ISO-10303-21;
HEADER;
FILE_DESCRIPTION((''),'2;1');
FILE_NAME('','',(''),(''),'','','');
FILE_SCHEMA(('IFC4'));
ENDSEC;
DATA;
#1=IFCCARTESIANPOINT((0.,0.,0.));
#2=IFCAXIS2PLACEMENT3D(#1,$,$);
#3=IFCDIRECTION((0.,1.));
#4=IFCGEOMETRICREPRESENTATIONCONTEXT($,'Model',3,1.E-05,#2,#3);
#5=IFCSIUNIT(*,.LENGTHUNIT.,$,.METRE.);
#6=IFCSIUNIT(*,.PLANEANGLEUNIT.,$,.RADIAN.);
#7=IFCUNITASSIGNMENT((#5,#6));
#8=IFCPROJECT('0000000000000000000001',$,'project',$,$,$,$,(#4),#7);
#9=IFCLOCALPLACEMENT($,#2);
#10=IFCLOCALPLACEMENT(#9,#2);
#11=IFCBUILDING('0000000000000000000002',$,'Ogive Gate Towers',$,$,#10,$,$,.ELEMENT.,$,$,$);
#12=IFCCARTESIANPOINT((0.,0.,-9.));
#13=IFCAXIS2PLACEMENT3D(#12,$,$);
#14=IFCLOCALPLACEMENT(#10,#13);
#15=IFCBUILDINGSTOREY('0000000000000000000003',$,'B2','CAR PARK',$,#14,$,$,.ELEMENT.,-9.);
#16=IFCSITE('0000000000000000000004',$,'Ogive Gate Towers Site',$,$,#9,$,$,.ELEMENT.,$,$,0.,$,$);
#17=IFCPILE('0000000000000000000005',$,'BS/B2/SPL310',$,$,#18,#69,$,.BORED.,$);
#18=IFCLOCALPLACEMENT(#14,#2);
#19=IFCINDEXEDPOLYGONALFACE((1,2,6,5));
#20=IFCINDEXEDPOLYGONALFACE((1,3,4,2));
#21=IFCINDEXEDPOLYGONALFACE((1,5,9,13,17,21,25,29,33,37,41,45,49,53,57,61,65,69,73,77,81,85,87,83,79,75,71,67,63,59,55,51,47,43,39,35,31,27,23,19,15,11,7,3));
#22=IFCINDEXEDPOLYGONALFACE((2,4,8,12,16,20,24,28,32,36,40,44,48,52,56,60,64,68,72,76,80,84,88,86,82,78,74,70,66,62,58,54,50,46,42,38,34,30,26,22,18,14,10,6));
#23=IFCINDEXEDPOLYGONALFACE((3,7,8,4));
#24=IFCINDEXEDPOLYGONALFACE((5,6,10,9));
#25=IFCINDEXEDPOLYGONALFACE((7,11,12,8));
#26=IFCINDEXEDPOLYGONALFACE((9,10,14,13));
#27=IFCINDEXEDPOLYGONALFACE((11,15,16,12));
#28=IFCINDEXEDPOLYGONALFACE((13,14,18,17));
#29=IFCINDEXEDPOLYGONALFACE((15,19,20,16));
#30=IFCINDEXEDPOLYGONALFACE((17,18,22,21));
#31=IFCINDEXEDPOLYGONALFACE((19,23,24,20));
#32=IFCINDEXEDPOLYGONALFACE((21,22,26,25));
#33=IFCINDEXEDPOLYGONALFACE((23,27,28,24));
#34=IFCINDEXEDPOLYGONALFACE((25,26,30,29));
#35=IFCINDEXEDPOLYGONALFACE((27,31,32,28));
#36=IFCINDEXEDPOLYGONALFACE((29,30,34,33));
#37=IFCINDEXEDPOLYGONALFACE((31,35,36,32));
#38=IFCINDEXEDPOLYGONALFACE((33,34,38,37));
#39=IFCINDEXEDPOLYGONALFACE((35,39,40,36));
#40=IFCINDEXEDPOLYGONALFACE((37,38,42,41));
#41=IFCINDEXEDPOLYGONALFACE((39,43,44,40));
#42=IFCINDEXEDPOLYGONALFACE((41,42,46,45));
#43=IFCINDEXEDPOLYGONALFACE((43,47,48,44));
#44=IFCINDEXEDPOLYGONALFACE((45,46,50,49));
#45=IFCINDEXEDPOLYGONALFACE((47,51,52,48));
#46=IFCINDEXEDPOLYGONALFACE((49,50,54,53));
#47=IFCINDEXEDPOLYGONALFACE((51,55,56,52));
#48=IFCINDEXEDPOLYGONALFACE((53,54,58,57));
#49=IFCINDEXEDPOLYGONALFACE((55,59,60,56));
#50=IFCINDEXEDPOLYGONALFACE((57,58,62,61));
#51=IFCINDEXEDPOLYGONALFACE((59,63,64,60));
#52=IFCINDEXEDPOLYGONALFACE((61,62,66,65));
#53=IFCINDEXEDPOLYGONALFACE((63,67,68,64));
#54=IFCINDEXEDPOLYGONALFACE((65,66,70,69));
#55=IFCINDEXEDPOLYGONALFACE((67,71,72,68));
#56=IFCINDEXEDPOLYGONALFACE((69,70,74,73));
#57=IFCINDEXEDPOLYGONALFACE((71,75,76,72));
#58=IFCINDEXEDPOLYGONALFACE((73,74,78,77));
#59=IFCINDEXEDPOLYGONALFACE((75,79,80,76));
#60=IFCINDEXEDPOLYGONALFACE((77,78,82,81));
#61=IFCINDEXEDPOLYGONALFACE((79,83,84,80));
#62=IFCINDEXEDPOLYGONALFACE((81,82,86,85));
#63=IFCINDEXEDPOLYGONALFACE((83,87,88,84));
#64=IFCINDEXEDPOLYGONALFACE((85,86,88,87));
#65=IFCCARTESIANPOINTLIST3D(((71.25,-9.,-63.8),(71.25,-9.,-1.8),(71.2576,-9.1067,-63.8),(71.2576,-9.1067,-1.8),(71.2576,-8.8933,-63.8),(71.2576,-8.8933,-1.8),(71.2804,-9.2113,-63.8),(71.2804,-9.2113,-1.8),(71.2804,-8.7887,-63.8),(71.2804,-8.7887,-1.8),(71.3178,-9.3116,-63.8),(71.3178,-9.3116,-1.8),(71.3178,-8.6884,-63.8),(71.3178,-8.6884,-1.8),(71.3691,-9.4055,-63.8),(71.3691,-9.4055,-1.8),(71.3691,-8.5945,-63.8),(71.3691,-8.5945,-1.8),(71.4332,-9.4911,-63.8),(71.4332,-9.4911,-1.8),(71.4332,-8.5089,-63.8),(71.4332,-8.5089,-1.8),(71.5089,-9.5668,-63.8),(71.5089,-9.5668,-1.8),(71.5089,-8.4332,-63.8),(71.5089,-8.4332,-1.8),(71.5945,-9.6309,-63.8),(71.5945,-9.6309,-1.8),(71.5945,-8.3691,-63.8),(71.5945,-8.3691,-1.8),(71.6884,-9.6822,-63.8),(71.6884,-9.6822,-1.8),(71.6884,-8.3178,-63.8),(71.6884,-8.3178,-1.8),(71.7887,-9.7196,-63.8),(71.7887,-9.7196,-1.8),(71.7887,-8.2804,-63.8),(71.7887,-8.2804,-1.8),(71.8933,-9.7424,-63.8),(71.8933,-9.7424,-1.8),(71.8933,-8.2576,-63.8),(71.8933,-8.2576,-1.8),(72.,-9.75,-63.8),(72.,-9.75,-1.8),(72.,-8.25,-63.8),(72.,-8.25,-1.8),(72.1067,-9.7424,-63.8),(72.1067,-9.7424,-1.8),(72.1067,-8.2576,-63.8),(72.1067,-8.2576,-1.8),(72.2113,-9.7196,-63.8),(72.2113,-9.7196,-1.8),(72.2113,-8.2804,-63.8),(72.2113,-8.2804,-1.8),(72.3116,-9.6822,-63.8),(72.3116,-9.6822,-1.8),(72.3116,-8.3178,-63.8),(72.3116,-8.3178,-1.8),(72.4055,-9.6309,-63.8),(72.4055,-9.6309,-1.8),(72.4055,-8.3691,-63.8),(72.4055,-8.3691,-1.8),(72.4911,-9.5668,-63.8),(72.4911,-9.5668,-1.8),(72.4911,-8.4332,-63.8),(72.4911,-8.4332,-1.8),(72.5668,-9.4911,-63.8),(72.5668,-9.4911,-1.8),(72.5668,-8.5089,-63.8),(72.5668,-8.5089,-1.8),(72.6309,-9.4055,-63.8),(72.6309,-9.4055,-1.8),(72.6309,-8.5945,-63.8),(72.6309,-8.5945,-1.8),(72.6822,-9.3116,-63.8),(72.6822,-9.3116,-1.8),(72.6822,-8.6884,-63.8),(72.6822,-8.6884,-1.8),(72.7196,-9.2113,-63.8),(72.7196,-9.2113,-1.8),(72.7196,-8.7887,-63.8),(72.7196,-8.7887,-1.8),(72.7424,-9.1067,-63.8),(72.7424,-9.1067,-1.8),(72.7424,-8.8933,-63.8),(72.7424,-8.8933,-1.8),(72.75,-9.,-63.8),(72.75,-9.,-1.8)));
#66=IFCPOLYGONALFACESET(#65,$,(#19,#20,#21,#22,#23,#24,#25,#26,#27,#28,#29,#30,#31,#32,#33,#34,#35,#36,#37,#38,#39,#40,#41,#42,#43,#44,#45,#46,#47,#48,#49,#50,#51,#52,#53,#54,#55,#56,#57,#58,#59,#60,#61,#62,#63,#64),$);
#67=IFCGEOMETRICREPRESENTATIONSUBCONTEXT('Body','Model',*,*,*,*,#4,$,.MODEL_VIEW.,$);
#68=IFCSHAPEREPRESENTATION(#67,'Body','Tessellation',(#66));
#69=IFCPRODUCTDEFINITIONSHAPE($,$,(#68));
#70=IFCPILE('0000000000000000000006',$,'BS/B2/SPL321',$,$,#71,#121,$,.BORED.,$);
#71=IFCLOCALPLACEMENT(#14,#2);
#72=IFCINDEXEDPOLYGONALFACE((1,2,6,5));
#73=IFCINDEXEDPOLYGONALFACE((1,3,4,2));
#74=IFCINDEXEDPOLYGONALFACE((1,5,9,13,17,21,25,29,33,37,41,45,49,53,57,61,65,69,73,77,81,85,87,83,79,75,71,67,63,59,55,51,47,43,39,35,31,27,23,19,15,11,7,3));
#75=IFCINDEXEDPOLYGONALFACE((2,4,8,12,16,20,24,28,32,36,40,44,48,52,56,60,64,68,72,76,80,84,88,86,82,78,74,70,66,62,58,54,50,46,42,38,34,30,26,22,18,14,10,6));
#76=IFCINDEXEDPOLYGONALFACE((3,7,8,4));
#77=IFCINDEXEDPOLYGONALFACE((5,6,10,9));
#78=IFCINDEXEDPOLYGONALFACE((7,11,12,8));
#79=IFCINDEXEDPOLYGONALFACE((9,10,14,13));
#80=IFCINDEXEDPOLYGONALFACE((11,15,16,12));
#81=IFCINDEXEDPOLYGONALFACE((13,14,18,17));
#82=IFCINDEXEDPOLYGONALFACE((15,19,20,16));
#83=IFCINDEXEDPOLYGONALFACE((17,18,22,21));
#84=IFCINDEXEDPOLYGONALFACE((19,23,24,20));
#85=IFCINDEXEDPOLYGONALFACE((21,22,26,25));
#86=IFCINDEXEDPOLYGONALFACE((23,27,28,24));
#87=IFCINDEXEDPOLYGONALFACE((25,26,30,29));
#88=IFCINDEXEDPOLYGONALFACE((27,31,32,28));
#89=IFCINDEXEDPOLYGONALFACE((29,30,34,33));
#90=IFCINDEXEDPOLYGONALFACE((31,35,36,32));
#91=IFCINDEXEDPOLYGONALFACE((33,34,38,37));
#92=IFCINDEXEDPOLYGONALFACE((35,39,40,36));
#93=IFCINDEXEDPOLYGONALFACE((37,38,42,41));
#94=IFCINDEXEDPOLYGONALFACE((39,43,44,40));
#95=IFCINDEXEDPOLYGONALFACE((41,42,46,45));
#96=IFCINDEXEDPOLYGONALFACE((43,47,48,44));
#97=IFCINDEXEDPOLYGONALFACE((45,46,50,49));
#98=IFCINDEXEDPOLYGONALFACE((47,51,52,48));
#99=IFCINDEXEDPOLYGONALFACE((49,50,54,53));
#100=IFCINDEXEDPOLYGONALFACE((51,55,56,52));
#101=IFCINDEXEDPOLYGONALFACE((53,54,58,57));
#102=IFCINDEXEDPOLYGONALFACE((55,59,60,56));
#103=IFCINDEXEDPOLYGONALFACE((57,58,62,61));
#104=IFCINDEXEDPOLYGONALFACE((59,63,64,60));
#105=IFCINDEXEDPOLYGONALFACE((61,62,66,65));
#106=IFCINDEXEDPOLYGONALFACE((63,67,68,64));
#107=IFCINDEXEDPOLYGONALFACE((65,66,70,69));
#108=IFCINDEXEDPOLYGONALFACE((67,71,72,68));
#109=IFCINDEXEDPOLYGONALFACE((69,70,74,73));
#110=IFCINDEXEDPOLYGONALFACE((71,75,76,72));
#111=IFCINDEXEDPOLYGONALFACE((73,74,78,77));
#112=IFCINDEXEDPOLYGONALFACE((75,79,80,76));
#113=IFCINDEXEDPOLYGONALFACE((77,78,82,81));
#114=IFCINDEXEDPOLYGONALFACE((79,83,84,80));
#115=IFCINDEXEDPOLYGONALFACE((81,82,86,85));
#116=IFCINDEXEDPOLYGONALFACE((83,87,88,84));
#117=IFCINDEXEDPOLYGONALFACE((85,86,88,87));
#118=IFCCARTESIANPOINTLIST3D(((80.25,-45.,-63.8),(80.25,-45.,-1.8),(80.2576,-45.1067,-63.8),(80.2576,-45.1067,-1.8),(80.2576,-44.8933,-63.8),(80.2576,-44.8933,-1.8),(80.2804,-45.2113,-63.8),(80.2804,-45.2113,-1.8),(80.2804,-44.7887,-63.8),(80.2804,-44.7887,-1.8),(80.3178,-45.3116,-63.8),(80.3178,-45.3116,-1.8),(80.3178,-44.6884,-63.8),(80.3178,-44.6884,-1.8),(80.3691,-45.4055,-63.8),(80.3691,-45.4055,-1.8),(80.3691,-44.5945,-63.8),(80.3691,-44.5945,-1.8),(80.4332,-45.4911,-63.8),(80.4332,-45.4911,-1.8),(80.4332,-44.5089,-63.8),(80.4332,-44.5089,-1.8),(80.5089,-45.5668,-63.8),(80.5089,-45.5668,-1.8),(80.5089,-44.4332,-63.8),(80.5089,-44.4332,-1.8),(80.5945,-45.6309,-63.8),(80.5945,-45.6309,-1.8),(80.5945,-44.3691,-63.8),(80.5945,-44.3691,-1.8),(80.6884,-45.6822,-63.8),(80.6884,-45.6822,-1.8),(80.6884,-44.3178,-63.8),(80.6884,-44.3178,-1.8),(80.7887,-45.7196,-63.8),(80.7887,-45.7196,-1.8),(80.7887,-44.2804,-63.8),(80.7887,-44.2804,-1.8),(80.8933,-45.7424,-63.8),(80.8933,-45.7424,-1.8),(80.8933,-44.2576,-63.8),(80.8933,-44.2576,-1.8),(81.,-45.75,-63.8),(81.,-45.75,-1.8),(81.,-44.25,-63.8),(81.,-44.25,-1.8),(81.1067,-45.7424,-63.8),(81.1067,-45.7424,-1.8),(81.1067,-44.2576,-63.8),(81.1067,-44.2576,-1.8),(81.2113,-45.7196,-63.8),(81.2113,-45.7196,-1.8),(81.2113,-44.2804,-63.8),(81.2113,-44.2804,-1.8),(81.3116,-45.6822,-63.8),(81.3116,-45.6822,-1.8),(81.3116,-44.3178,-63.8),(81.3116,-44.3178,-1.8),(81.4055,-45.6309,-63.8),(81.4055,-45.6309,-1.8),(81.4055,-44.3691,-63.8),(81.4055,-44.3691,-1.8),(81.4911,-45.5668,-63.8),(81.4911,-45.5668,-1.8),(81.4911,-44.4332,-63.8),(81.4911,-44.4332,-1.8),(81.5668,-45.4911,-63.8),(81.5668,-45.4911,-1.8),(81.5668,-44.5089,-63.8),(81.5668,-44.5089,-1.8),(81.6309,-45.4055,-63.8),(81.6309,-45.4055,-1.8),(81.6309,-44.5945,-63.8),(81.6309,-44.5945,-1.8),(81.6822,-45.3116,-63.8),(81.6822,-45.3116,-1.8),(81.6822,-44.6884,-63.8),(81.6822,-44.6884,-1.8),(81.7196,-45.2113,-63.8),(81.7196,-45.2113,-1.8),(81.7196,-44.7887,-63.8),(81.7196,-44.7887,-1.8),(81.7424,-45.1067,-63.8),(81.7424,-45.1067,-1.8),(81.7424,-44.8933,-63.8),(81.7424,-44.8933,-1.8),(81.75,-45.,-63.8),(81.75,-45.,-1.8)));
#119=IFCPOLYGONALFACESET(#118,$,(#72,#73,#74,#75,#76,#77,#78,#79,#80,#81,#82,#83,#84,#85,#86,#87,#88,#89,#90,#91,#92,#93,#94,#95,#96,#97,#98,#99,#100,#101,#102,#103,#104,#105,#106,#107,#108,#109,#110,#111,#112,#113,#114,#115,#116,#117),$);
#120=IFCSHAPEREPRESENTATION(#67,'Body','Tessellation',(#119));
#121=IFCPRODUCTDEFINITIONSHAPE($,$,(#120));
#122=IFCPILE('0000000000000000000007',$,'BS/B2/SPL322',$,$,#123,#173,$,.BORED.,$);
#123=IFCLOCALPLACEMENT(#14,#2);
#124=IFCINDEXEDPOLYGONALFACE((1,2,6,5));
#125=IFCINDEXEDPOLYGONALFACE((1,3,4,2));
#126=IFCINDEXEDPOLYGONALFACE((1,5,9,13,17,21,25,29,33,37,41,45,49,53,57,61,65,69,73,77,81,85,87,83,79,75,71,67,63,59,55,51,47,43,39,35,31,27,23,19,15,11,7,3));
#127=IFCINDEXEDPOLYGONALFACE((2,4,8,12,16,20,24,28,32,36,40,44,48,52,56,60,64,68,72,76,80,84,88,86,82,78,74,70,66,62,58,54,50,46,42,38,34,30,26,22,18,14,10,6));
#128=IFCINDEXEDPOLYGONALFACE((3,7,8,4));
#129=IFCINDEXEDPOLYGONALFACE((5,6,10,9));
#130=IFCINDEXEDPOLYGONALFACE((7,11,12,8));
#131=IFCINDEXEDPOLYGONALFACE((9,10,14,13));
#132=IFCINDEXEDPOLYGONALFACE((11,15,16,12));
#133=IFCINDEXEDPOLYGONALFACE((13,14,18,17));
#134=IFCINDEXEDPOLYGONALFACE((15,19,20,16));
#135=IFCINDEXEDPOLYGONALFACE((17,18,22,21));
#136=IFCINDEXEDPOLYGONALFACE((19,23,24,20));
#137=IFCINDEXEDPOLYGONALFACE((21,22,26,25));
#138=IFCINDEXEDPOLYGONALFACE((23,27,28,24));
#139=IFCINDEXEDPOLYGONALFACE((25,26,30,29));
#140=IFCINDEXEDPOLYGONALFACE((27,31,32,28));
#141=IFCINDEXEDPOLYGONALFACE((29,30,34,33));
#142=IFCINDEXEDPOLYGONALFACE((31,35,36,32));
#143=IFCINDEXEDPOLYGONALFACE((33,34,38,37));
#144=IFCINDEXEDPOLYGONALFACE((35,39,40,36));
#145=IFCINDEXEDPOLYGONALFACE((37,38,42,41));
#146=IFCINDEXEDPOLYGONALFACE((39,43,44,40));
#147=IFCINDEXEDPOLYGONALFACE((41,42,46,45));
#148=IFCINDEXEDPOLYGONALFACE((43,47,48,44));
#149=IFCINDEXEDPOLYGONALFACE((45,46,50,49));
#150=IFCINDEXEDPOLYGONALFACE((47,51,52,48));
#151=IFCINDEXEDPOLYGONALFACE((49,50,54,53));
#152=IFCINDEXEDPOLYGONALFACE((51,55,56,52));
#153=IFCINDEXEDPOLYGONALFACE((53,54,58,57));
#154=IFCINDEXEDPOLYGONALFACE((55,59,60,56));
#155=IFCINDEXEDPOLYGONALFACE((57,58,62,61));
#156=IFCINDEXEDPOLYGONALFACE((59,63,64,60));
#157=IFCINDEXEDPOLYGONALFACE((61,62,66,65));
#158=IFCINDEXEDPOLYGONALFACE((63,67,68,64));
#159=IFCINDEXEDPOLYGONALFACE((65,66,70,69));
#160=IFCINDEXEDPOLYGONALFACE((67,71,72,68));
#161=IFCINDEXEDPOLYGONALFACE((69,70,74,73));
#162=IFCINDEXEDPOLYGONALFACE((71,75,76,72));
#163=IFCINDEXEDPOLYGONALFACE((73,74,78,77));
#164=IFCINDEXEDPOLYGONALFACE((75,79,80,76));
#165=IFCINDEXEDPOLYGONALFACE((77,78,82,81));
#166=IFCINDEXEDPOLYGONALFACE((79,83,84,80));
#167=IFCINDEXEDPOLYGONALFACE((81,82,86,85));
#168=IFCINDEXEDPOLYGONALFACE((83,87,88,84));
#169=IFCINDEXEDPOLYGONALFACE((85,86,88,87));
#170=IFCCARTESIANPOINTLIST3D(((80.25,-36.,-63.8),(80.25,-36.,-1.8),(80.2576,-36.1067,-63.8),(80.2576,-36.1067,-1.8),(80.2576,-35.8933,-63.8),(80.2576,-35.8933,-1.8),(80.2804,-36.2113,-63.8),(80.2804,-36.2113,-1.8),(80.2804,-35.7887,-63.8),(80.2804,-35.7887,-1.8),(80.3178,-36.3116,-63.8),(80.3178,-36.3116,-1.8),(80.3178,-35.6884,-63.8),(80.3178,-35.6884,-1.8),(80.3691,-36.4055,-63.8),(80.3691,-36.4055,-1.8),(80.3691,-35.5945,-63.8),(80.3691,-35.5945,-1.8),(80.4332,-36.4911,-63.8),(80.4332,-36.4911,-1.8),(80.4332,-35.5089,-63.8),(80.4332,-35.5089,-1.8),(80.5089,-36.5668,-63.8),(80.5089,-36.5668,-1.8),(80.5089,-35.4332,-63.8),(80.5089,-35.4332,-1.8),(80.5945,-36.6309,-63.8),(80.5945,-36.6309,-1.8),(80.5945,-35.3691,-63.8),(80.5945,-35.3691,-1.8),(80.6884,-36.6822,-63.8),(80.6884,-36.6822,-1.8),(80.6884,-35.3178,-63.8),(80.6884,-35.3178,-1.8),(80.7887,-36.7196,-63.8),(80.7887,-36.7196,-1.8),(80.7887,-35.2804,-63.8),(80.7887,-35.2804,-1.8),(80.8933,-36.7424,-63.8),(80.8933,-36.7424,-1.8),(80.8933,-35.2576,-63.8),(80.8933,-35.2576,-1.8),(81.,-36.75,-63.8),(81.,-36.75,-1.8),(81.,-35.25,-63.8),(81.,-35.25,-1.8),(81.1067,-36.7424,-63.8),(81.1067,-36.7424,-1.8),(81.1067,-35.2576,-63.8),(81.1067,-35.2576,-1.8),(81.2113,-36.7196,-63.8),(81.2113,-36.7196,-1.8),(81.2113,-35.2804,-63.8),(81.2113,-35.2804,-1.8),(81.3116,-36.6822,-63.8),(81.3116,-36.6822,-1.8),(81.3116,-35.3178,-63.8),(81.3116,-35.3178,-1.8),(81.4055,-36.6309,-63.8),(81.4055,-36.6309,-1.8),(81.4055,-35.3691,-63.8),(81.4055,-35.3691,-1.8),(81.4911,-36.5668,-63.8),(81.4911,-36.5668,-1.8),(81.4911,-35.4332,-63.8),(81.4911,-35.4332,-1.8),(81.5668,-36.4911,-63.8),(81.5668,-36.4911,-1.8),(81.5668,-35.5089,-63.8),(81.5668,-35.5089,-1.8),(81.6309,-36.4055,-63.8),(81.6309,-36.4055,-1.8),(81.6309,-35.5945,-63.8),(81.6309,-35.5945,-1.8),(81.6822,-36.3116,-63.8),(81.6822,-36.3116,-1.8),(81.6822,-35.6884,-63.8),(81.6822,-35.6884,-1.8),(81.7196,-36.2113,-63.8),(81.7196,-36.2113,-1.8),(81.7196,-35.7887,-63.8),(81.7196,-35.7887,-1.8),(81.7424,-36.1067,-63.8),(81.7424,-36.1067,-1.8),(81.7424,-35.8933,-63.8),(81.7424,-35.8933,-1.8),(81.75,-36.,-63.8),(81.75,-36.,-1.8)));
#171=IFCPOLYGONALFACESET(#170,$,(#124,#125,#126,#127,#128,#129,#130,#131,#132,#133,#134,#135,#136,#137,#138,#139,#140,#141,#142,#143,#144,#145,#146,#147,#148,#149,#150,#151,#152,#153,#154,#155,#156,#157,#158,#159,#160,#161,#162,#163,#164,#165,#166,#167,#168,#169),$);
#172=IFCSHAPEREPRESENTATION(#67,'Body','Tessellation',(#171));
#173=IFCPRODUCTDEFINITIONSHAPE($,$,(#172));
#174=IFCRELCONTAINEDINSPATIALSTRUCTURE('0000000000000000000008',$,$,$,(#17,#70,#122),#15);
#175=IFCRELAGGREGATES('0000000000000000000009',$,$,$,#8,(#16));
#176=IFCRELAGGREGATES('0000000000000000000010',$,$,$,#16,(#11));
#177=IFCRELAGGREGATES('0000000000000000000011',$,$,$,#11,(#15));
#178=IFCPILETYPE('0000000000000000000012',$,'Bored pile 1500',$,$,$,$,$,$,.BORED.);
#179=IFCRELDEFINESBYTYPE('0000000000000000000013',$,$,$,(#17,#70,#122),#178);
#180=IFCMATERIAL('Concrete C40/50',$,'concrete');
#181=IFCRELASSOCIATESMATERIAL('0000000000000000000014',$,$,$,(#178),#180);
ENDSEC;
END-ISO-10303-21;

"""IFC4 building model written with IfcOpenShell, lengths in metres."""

from ifc_helpers import new_model, si_unit, direction, frame, origin, origin_2d, place, context, subcontext, project, spatial, circle, extrude, material, material_profile, profile_set, type_object, element, save


model = new_model("IFC4")

# Units and contexts
model_context = context("Model", 3, precision=1e-05, world=origin(), true_north=direction((0.0, 1.0)))
body_context = subcontext(model_context, "Body", "Model", "MODEL_VIEW")
ifc_project = project(units=[si_unit("LENGTHUNIT", "METRE"), si_unit("PLANEANGLEUNIT", "RADIAN")], contexts=[model_context])

# Site, building, storey
site_placement = place(None, origin())
site = spatial("IfcSite", under=ifc_project, at=site_placement, Name="Ogive Gate Towers Site", CompositionType="ELEMENT", RefElevation=0.0)
building_placement = place(site_placement, origin())
building = spatial("IfcBuilding", under=site, at=building_placement, Name="Ogive Gate Towers", CompositionType="ELEMENT")
storey_placement = place(building_placement, frame((0.0, 0.0, -9.0)))
storey = spatial("IfcBuildingStorey", under=building, at=storey_placement, Name="B2", Description="CAR PARK", CompositionType="ELEMENT", Elevation=-9.0)

# Piles
ifc_material_1 = material(Name="Concrete C40/50", Category="concrete")
ifc_material_profile_1 = material_profile(ifc_material_1, circle(Radius=0.75, at=origin_2d()), Name="BP 1500")
ifc_profile_set_1 = profile_set([ifc_material_profile_1], Name="Concrete C40/50")
pile_type = type_object("IfcPileType", Name="Bored pile 1500", PredefinedType="BORED", material=ifc_profile_set_1)
for number, where, z_axis, x_axis, name in (
    (1, (72.0, -9.0, -1.8), (0.0, 0.0, -1.0), (1.0, 0.0, 0.0), "BS/B2/SPL310"),
    (2, (81.0, -45.0, -1.8), (0.0, 0.0, -1.0), (1.0, 0.0, 0.0), "BS/B2/SPL321"),
    (3, (81.0, -36.0, -1.8), (0.0, 0.0, -1.0), (1.0, 0.0, 0.0), "BS/B2/SPL322"),
):
    element("IfcPile", number, at=place(storey_placement, frame(where, z_axis=z_axis, x_axis=x_axis)), inside=storey, type_object=pile_type, Name=name, PredefinedType="BORED", context=body_context, shape_type="SweptSolid", body=[
        extrude(circle(Radius=0.75, at=origin_2d()), origin(), (0.0, 0.0, 1.0), 62.0),
    ])

save(model, "model.ifc")
